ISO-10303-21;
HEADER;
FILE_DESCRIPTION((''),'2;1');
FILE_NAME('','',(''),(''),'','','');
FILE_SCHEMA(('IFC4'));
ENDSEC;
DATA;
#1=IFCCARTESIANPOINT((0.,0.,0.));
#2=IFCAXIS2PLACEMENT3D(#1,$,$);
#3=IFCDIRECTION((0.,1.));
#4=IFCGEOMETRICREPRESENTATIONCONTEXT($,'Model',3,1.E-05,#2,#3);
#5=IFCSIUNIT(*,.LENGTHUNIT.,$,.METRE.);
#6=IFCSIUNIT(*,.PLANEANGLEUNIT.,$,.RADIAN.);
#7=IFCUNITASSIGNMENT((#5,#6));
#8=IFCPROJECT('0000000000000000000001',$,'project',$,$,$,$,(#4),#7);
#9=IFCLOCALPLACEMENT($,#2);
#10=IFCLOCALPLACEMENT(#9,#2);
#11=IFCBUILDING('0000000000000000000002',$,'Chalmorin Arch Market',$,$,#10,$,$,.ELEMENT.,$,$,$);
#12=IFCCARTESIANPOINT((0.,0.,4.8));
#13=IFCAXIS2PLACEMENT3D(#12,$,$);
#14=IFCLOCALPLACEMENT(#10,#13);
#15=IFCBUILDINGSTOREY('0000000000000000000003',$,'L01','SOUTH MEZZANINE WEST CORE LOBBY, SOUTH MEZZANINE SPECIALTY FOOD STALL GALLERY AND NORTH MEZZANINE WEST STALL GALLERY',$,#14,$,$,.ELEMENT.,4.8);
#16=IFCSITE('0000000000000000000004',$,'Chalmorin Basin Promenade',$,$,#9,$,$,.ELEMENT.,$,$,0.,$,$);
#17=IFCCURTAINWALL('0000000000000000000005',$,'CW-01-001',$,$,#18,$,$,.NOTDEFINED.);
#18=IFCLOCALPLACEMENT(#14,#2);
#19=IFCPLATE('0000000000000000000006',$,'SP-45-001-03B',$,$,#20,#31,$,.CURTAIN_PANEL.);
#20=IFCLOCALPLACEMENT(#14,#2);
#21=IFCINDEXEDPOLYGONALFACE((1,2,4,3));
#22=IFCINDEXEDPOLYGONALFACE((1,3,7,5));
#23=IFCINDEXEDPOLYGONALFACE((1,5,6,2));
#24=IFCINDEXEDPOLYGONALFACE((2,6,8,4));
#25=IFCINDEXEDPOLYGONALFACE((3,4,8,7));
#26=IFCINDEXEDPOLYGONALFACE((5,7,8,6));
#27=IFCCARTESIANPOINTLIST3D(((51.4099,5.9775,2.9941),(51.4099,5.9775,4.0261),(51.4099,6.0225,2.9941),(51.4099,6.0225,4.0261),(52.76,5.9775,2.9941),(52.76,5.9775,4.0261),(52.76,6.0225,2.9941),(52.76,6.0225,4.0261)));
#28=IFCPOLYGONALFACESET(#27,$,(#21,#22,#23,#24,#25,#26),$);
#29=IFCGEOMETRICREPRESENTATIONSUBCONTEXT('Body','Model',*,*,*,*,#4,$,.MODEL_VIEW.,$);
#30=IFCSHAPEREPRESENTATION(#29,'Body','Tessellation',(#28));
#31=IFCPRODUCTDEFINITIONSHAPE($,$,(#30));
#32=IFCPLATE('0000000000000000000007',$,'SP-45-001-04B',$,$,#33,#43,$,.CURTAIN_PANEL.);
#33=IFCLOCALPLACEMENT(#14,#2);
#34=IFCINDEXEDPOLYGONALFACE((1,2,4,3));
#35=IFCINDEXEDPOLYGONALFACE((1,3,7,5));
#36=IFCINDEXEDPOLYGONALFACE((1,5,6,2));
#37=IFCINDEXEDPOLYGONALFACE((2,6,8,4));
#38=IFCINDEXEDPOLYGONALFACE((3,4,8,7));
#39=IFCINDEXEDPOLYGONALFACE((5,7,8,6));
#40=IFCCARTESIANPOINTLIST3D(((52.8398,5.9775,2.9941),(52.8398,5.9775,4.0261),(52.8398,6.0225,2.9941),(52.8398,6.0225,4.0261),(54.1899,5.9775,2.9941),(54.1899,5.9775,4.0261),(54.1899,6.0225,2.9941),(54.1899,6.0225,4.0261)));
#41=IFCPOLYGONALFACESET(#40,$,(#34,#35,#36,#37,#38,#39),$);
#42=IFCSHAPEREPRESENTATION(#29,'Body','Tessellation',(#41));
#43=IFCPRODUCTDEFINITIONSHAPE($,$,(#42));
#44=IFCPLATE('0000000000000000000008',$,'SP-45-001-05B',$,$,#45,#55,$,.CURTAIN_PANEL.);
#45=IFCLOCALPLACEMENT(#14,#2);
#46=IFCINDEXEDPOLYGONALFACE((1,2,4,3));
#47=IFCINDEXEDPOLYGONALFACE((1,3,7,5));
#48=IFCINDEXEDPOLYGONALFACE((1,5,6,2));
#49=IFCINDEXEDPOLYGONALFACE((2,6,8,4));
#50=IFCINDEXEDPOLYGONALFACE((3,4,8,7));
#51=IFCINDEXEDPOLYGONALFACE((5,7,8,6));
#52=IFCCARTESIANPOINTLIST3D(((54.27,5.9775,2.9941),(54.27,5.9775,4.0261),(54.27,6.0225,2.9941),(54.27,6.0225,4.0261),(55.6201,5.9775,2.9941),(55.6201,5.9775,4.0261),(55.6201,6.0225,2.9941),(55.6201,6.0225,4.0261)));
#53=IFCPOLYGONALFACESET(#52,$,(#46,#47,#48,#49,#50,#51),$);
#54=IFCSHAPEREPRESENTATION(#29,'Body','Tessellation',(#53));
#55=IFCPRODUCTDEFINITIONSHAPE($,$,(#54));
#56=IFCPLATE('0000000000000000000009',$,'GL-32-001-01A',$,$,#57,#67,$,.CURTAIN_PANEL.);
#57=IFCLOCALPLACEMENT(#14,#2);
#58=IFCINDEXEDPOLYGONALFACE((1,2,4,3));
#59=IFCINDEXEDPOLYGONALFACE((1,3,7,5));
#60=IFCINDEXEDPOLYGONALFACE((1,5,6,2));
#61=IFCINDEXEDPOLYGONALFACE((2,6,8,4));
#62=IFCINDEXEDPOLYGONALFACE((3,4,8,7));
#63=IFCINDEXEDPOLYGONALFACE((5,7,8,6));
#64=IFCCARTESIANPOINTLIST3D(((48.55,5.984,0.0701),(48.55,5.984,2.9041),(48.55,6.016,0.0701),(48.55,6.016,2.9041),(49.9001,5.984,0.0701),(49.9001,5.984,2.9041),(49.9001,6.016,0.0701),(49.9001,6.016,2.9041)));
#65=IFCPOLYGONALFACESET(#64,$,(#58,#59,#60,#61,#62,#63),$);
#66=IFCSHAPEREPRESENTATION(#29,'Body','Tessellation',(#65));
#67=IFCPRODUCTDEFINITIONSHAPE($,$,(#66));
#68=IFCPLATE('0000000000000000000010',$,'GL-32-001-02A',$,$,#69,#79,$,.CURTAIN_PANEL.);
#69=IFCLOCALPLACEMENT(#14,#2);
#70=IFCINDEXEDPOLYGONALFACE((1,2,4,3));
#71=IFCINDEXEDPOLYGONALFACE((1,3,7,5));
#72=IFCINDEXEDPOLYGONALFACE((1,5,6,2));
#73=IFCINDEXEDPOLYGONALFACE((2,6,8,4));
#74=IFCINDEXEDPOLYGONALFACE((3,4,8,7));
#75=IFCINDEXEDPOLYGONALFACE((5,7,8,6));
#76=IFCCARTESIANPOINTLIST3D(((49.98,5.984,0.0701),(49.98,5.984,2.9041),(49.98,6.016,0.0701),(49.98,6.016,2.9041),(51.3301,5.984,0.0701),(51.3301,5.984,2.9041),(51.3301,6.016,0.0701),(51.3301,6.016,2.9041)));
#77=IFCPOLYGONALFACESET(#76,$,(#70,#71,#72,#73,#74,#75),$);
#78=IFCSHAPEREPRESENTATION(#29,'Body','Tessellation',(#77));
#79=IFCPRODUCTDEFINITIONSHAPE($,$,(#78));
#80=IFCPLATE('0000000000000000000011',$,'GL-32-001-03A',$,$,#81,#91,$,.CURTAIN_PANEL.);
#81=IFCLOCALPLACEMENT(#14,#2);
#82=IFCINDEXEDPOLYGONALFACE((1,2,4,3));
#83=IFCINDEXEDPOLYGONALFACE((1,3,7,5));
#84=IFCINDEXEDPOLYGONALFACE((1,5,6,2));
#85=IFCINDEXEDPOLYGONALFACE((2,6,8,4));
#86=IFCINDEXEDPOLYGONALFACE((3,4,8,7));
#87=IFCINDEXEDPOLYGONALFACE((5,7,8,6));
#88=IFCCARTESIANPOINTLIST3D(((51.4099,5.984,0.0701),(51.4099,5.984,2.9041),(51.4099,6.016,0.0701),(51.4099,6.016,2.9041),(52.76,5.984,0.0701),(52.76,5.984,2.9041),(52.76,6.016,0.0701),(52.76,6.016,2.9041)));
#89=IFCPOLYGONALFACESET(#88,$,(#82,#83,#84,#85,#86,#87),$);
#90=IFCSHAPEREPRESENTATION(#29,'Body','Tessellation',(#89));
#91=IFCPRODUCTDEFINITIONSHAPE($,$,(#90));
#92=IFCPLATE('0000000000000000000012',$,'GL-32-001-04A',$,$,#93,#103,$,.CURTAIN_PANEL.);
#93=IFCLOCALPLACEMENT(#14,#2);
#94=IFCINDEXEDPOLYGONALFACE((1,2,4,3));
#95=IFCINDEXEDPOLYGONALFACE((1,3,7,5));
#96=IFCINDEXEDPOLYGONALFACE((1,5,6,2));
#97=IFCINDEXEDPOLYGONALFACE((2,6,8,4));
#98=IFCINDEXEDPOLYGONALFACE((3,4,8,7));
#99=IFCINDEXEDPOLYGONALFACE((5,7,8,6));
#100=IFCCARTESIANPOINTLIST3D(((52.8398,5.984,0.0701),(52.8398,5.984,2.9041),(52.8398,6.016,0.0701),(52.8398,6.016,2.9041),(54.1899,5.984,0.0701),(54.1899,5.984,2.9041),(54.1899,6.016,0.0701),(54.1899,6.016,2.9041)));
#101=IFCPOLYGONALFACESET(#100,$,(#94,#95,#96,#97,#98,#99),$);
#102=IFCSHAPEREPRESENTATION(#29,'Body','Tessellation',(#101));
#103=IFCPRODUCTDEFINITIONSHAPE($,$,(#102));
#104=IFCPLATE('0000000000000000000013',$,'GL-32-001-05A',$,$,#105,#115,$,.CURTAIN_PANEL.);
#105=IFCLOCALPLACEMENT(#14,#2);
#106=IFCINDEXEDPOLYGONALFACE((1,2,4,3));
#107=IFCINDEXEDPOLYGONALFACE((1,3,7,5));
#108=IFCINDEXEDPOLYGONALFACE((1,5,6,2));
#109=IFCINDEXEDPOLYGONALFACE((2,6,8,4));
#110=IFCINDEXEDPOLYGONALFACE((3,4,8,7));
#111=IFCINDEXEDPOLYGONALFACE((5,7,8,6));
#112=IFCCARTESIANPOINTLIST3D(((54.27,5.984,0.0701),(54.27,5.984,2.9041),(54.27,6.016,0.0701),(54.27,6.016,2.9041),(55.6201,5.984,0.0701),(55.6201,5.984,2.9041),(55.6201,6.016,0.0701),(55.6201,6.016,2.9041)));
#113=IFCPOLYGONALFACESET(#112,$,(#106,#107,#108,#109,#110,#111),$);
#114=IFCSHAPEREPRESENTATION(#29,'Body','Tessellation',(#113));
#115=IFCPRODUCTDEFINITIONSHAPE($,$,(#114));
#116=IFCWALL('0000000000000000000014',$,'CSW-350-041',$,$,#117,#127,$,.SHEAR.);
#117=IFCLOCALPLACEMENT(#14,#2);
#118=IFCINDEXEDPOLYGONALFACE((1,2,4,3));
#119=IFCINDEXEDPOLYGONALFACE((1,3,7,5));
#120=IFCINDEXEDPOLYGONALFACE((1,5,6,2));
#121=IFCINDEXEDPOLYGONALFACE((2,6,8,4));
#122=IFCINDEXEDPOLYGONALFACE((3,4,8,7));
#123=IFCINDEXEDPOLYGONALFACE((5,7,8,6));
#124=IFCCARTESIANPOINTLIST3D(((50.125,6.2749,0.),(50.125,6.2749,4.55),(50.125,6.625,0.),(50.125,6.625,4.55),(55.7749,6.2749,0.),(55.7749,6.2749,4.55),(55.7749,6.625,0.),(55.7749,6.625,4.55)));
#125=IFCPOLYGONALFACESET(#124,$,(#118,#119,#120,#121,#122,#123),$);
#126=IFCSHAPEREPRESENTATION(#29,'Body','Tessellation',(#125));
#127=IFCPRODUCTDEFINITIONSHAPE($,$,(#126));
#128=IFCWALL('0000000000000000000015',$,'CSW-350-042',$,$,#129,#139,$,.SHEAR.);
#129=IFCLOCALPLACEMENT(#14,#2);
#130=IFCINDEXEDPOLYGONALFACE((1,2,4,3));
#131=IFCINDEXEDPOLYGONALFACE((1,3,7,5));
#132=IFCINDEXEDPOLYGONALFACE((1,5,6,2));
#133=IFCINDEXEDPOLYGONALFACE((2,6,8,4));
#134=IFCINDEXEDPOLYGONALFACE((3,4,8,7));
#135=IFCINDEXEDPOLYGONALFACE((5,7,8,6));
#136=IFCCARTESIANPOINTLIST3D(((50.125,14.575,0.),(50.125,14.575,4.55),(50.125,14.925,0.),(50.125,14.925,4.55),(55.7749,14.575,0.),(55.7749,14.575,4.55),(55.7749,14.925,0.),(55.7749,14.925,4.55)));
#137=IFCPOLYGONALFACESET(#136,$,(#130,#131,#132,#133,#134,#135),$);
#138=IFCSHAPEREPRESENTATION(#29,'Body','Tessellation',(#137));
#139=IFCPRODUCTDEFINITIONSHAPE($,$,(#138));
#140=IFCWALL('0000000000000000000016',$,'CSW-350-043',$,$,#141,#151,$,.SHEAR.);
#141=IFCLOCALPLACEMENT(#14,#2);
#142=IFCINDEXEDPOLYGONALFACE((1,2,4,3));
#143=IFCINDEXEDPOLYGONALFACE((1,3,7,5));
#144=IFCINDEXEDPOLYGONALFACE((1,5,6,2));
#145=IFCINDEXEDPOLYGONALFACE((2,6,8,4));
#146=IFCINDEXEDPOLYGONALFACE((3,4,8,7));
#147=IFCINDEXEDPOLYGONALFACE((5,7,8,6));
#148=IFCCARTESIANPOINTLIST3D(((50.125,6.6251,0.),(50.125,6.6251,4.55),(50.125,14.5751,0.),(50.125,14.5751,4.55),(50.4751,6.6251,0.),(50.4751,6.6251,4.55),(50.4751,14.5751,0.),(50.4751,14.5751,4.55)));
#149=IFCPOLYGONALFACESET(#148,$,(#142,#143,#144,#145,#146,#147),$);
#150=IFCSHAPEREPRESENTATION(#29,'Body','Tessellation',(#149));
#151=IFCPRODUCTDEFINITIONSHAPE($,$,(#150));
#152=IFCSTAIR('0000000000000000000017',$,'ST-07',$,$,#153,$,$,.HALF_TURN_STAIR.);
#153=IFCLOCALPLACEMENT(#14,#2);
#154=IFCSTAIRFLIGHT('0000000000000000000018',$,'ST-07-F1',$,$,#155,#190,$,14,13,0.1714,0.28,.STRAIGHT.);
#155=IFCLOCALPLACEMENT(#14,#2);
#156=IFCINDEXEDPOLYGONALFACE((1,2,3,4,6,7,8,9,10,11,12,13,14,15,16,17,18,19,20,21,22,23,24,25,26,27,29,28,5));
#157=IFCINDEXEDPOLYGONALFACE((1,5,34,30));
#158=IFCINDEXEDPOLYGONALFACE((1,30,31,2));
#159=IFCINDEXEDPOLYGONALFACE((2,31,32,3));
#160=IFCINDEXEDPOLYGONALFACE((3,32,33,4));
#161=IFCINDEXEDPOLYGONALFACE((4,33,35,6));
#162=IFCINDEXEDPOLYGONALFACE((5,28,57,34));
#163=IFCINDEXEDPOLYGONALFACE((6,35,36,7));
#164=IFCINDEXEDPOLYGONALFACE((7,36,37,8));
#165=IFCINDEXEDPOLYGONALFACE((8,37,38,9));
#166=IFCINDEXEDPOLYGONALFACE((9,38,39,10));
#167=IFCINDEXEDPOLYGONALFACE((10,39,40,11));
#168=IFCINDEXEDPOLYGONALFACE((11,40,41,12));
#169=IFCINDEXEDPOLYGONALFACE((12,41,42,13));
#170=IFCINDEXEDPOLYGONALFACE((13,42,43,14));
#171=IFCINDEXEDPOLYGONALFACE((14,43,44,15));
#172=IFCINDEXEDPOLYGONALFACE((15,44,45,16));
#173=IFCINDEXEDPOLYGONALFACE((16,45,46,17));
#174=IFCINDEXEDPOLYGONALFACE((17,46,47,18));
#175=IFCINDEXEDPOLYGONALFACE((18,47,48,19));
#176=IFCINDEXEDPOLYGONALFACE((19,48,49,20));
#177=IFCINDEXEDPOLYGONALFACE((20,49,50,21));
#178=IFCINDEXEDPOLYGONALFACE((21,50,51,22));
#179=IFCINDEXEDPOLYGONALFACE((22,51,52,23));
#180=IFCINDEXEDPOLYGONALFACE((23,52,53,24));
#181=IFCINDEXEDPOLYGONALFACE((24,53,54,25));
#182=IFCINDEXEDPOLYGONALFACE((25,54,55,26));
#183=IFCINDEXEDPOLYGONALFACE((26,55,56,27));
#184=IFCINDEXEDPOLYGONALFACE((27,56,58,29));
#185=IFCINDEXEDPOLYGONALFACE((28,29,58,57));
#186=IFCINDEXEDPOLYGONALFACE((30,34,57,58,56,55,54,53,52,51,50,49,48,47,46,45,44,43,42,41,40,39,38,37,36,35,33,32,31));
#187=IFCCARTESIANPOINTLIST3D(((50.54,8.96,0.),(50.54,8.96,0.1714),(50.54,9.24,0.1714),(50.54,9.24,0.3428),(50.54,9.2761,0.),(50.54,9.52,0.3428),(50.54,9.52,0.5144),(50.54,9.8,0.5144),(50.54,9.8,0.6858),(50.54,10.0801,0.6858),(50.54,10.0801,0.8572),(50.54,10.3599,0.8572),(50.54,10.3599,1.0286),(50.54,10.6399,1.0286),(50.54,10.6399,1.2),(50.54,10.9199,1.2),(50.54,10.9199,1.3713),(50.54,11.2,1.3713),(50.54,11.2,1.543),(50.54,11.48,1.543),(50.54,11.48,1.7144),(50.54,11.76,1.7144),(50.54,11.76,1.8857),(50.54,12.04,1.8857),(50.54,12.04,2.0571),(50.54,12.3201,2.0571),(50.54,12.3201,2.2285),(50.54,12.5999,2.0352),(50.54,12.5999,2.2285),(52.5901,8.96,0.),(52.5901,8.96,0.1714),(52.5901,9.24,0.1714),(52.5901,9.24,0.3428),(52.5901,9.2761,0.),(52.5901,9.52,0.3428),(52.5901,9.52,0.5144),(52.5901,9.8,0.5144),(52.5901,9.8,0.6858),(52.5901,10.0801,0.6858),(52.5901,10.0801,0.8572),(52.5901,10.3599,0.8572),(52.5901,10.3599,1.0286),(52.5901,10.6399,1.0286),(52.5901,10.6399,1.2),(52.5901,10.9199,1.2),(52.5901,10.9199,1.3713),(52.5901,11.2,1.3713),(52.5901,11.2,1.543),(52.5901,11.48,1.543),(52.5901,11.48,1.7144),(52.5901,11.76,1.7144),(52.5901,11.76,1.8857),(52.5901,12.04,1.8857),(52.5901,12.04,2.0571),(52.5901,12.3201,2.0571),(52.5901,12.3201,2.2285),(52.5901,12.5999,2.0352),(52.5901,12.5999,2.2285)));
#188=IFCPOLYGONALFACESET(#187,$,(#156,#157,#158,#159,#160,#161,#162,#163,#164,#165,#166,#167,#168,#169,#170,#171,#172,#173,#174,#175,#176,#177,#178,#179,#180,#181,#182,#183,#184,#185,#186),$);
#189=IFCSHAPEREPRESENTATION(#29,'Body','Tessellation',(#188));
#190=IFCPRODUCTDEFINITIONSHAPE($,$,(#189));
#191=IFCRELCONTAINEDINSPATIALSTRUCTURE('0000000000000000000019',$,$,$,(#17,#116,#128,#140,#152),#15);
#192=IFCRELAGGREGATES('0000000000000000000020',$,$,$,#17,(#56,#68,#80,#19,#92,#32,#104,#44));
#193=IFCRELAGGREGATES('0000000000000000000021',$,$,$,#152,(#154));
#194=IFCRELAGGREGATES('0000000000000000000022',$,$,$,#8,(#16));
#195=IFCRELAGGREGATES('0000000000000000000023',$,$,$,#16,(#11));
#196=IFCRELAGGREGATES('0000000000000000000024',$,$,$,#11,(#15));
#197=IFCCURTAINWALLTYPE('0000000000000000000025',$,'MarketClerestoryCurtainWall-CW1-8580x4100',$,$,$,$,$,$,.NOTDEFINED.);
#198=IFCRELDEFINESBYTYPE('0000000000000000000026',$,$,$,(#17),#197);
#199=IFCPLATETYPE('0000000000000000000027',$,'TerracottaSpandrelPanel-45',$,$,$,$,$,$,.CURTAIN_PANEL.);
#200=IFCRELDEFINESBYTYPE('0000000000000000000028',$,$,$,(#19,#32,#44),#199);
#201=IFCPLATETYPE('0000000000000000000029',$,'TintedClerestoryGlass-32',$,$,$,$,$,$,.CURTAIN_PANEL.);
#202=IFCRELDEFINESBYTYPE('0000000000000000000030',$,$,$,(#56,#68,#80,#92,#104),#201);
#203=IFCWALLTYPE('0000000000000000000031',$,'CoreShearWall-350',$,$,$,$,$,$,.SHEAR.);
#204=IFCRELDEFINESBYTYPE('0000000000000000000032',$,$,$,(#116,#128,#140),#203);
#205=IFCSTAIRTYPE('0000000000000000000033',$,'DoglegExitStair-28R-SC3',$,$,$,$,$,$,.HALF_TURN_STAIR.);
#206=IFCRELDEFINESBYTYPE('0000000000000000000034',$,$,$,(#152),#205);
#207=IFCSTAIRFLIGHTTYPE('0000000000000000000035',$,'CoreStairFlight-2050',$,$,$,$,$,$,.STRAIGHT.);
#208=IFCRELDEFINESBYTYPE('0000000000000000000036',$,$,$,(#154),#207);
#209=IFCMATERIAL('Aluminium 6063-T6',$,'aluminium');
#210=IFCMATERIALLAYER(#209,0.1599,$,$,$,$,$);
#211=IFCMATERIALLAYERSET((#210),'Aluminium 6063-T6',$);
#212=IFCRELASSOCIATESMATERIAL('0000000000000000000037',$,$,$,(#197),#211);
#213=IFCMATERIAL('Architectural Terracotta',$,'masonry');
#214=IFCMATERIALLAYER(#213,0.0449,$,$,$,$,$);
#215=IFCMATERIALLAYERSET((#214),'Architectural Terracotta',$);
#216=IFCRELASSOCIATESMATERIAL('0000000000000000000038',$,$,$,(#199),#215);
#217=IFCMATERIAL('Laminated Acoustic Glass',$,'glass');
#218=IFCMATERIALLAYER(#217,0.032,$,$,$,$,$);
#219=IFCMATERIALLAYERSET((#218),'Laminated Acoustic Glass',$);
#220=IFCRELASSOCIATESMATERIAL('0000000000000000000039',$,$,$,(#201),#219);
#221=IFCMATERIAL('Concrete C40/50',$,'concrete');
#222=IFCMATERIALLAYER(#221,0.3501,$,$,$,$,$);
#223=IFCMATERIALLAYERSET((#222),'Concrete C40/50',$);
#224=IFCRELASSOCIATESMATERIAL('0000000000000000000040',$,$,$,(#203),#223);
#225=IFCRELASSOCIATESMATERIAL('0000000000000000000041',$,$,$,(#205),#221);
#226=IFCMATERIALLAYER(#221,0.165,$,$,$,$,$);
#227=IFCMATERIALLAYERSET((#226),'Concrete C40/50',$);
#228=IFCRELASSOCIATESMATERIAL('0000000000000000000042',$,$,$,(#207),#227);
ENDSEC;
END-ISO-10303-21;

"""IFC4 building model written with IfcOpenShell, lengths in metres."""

from ifc_helpers import new_model, si_unit, direction, frame, frame_2d, origin, origin_2d, place, context, subcontext, project, spatial, polyline, rectangle, outline, extrude, material, layer, layer_set, type_object, element, aggregate, save


model = new_model("IFC4")

# Units and contexts
model_context = context("Model", 3, precision=1e-05, world=origin(), true_north=direction((0.0, 1.0)))
body_context = subcontext(model_context, "Body", "Model", "MODEL_VIEW")
ifc_project = project(units=[si_unit("LENGTHUNIT", "METRE"), si_unit("PLANEANGLEUNIT", "RADIAN")], contexts=[model_context])

# Site, building, storey
site_placement = place(None, origin())
site = spatial("IfcSite", under=ifc_project, at=site_placement, Name="Chalmorin Basin Promenade", CompositionType="ELEMENT", RefElevation=0.0)
building_placement = place(site_placement, origin())
building = spatial("IfcBuilding", under=site, at=building_placement, Name="Chalmorin Arch Market", CompositionType="ELEMENT")
storey_placement = place(building_placement, frame((0.0, 0.0, 4.8)))
storey = spatial("IfcBuildingStorey", under=building, at=storey_placement, Name="L01", Description="SOUTH MEZZANINE WEST CORE LOBBY, SOUTH MEZZANINE SPECIALTY FOOD STALL GALLERY AND NORTH MEZZANINE WEST STALL GALLERY", CompositionType="ELEMENT", Elevation=4.8)

# Shared definitions
ifc_material_1 = material(Name="Concrete C40/50", Category="concrete")

# Curtain wall
ifc_material_2 = material(Name="Aluminium 6063-T6", Category="aluminium")
ifc_layer_1 = layer(ifc_material_2, 0.1599)
ifc_layer_set_1 = layer_set([ifc_layer_1], Name="Aluminium 6063-T6")
curtain_wall_type_1 = type_object("IfcCurtainWallType", Name="MarketClerestoryCurtainWall-CW1-8580x4100", PredefinedType="NOTDEFINED", material=ifc_layer_set_1)
curtain_wall_1_placement = place(storey_placement, origin())
curtain_wall_1 = element("IfcCurtainWall", 1, at=curtain_wall_1_placement, inside=storey, type_object=curtain_wall_type_1, Name="CW-01-001", PredefinedType="NOTDEFINED")

# Plates
ifc_material_3 = material(Name="Architectural Terracotta", Category="masonry")
ifc_layer_2 = layer(ifc_material_3, 0.0449)
ifc_layer_set_2 = layer_set([ifc_layer_2], Name="Architectural Terracotta")
plate_type_1 = type_object("IfcPlateType", Name="TerracottaSpandrelPanel-45", PredefinedType="CURTAIN_PANEL", material=ifc_layer_set_2)
plate_1_placement = place(storey_placement, frame((52.085, 6.0, 2.9941), z_axis=(0.0, 0.0, 1.0), x_axis=(1.0, 0.0, 0.0)))
plate_1 = element("IfcPlate", 2, at=plate_1_placement, type_object=plate_type_1, Name="SP-45-001-03B", PredefinedType="CURTAIN_PANEL", context=body_context, shape_type="SweptSolid", body=[
    extrude(rectangle(XDim=1.3501, YDim=0.0449, at=origin_2d()), origin(), (0.0, 0.0, 1.0), 1.032),
])
plate_2_placement = place(storey_placement, frame((53.5149, 6.0, 2.9941), z_axis=(0.0, 0.0, 1.0), x_axis=(1.0, 0.0, 0.0)))
plate_2 = element("IfcPlate", 3, at=plate_2_placement, type_object=plate_type_1, Name="SP-45-001-04B", PredefinedType="CURTAIN_PANEL", context=body_context, shape_type="SweptSolid", body=[
    extrude(rectangle(XDim=1.3501, YDim=0.0449, at=origin_2d()), origin(), (0.0, 0.0, 1.0), 1.032),
])
plate_3_placement = place(storey_placement, frame((54.9451, 6.0, 2.9941), z_axis=(0.0, 0.0, 1.0), x_axis=(1.0, 0.0, 0.0)))
plate_3 = element("IfcPlate", 4, at=plate_3_placement, type_object=plate_type_1, Name="SP-45-001-05B", PredefinedType="CURTAIN_PANEL", context=body_context, shape_type="SweptSolid", body=[
    extrude(rectangle(XDim=1.3501, YDim=0.0449, at=origin_2d()), origin(), (0.0, 0.0, 1.0), 1.032),
])
ifc_material_4 = material(Name="Laminated Acoustic Glass", Category="glass")
ifc_layer_3 = layer(ifc_material_4, 0.032)
ifc_layer_set_3 = layer_set([ifc_layer_3], Name="Laminated Acoustic Glass")
plate_type_2 = type_object("IfcPlateType", Name="TintedClerestoryGlass-32", PredefinedType="CURTAIN_PANEL", material=ifc_layer_set_3)
plate_4_placement = place(storey_placement, frame((49.2251, 6.0, 0.0701), z_axis=(0.0, 0.0, 1.0), x_axis=(1.0, 0.0, 0.0)))
plate_4 = element("IfcPlate", 5, at=plate_4_placement, type_object=plate_type_2, Name="GL-32-001-01A", PredefinedType="CURTAIN_PANEL", context=body_context, shape_type="SweptSolid", body=[
    extrude(rectangle(XDim=1.3501, YDim=0.032, at=origin_2d()), origin(), (0.0, 0.0, 1.0), 2.834),
])
plate_5_placement = place(storey_placement, frame((50.655, 6.0, 0.0701), z_axis=(0.0, 0.0, 1.0), x_axis=(1.0, 0.0, 0.0)))
plate_5 = element("IfcPlate", 6, at=plate_5_placement, type_object=plate_type_2, Name="GL-32-001-02A", PredefinedType="CURTAIN_PANEL", context=body_context, shape_type="SweptSolid", body=[
    extrude(rectangle(XDim=1.3501, YDim=0.032, at=origin_2d()), origin(), (0.0, 0.0, 1.0), 2.834),
])
plate_6_placement = place(storey_placement, frame((52.085, 6.0, 0.0701), z_axis=(0.0, 0.0, 1.0), x_axis=(1.0, 0.0, 0.0)))
plate_6 = element("IfcPlate", 7, at=plate_6_placement, type_object=plate_type_2, Name="GL-32-001-03A", PredefinedType="CURTAIN_PANEL", context=body_context, shape_type="SweptSolid", body=[
    extrude(rectangle(XDim=1.3501, YDim=0.032, at=origin_2d()), origin(), (0.0, 0.0, 1.0), 2.834),
])
plate_7_placement = place(storey_placement, frame((53.5149, 6.0, 0.0701), z_axis=(0.0, 0.0, 1.0), x_axis=(1.0, 0.0, 0.0)))
plate_7 = element("IfcPlate", 8, at=plate_7_placement, type_object=plate_type_2, Name="GL-32-001-04A", PredefinedType="CURTAIN_PANEL", context=body_context, shape_type="SweptSolid", body=[
    extrude(rectangle(XDim=1.3501, YDim=0.032, at=origin_2d()), origin(), (0.0, 0.0, 1.0), 2.834),
])
plate_8_placement = place(storey_placement, frame((54.9451, 6.0, 0.0701), z_axis=(0.0, 0.0, 1.0), x_axis=(1.0, 0.0, 0.0)))
plate_8 = element("IfcPlate", 9, at=plate_8_placement, type_object=plate_type_2, Name="GL-32-001-05A", PredefinedType="CURTAIN_PANEL", context=body_context, shape_type="SweptSolid", body=[
    extrude(rectangle(XDim=1.3501, YDim=0.032, at=origin_2d()), origin(), (0.0, 0.0, 1.0), 2.834),
])
aggregate(curtain_wall_1, [plate_4, plate_5, plate_6, plate_1, plate_7, plate_2, plate_8, plate_3])

# Walls
ifc_layer_4 = layer(ifc_material_1, 0.3501)
ifc_layer_set_4 = layer_set([ifc_layer_4], Name="Concrete C40/50")
wall_type = type_object("IfcWallType", Name="CoreShearWall-350", PredefinedType="SHEAR", material=ifc_layer_set_4)
for number, where, z_axis, x_axis, name in (
    (10, (55.7749, 6.45, 0.0), (0.0, 0.0, 1.0), (-1.0, 0.0, 0.0), "CSW-350-041"),
    (11, (50.125, 14.75, 0.0), (0.0, 0.0, 1.0), (1.0, 0.0, 0.0), "CSW-350-042"),
):
    element("IfcWall", number, at=place(storey_placement, frame(where, z_axis=z_axis, x_axis=x_axis)), inside=storey, type_object=wall_type, Name=name, PredefinedType="SHEAR", context=body_context, shape_type="SweptSolid", body=[
        extrude(rectangle(XDim=5.6499, YDim=0.3501, at=frame_2d((2.825, 0.0))), origin(), (0.0, 0.0, 1.0), 4.55),
    ])
wall_1_placement = place(storey_placement, frame((50.3, 6.625, 0.0), z_axis=(0.0, 0.0, 1.0), x_axis=(0.0, 1.0, 0.0)))
element("IfcWall", 12, at=wall_1_placement, inside=storey, type_object=wall_type, Name="CSW-350-043", PredefinedType="SHEAR", context=body_context, shape_type="SweptSolid", body=[
    extrude(rectangle(XDim=7.95, YDim=0.3501, at=frame_2d((3.9751, 0.0))), origin(), (0.0, 0.0, 1.0), 4.55),
])

# Stair, stair flight
stair_type = type_object("IfcStairType", Name="DoglegExitStair-28R-SC3", PredefinedType="HALF_TURN_STAIR", material=ifc_material_1)
stair_placement = place(storey_placement, origin())
stair = element("IfcStair", 13, at=stair_placement, inside=storey, type_object=stair_type, Name="ST-07", PredefinedType="HALF_TURN_STAIR")
ifc_layer_5 = layer(ifc_material_1, 0.165)
ifc_layer_set_5 = layer_set([ifc_layer_5], Name="Concrete C40/50")
stair_flight_type = type_object("IfcStairFlightType", Name="CoreStairFlight-2050", PredefinedType="STRAIGHT", material=ifc_layer_set_5)
stair_flight_1_placement = place(storey_placement, frame((51.5649, 8.96, 0.0), z_axis=(0.0, 0.0, 1.0), x_axis=(0.0, 1.0, 0.0)))
stair_flight_1 = element("IfcStairFlight", 14, at=stair_flight_1_placement, type_object=stair_flight_type, Name="ST-07-F1", NumberOfRisers=14, NumberOfTreads=13, PredefinedType="STRAIGHT", RiserHeight=0.1714, TreadLength=0.28, context=body_context, shape_type="SweptSolid", body=[
    extrude(outline(polyline([(0.0, 0.0), (0.0, 0.1714), (0.28, 0.1714), (0.28, 0.3428), (0.5601, 0.3428), (0.5601, 0.5144), (0.8401, 0.5144), (0.8401, 0.6858), (1.1201, 0.6858), (1.1201, 0.8572), (1.3999, 0.8572), (1.3999, 1.0286), (1.6799, 1.0286), (1.6799, 1.2), (1.96, 1.2), (1.96, 1.3713), (2.24, 1.3713), (2.24, 1.543), (2.52, 1.543), (2.52, 1.7144), (2.8, 1.7144), (2.8, 1.8857), (3.0801, 1.8857), (3.0801, 2.0571), (3.3601, 2.0571), (3.3601, 2.2285), (3.6399, 2.2285), (3.6399, 2.3999), (3.6399, 2.0352), (0.3162, 0.0), (0.0, 0.0)])), frame((0.0, 1.0249, 0.0), z_axis=(0.0, -1.0, 0.0), x_axis=(1.0, 0.0, 0.0)), (0.0, 0.0, 1.0), 2.05),
])

aggregate(stair, [stair_flight_1])

save(model, "model.ifc")
